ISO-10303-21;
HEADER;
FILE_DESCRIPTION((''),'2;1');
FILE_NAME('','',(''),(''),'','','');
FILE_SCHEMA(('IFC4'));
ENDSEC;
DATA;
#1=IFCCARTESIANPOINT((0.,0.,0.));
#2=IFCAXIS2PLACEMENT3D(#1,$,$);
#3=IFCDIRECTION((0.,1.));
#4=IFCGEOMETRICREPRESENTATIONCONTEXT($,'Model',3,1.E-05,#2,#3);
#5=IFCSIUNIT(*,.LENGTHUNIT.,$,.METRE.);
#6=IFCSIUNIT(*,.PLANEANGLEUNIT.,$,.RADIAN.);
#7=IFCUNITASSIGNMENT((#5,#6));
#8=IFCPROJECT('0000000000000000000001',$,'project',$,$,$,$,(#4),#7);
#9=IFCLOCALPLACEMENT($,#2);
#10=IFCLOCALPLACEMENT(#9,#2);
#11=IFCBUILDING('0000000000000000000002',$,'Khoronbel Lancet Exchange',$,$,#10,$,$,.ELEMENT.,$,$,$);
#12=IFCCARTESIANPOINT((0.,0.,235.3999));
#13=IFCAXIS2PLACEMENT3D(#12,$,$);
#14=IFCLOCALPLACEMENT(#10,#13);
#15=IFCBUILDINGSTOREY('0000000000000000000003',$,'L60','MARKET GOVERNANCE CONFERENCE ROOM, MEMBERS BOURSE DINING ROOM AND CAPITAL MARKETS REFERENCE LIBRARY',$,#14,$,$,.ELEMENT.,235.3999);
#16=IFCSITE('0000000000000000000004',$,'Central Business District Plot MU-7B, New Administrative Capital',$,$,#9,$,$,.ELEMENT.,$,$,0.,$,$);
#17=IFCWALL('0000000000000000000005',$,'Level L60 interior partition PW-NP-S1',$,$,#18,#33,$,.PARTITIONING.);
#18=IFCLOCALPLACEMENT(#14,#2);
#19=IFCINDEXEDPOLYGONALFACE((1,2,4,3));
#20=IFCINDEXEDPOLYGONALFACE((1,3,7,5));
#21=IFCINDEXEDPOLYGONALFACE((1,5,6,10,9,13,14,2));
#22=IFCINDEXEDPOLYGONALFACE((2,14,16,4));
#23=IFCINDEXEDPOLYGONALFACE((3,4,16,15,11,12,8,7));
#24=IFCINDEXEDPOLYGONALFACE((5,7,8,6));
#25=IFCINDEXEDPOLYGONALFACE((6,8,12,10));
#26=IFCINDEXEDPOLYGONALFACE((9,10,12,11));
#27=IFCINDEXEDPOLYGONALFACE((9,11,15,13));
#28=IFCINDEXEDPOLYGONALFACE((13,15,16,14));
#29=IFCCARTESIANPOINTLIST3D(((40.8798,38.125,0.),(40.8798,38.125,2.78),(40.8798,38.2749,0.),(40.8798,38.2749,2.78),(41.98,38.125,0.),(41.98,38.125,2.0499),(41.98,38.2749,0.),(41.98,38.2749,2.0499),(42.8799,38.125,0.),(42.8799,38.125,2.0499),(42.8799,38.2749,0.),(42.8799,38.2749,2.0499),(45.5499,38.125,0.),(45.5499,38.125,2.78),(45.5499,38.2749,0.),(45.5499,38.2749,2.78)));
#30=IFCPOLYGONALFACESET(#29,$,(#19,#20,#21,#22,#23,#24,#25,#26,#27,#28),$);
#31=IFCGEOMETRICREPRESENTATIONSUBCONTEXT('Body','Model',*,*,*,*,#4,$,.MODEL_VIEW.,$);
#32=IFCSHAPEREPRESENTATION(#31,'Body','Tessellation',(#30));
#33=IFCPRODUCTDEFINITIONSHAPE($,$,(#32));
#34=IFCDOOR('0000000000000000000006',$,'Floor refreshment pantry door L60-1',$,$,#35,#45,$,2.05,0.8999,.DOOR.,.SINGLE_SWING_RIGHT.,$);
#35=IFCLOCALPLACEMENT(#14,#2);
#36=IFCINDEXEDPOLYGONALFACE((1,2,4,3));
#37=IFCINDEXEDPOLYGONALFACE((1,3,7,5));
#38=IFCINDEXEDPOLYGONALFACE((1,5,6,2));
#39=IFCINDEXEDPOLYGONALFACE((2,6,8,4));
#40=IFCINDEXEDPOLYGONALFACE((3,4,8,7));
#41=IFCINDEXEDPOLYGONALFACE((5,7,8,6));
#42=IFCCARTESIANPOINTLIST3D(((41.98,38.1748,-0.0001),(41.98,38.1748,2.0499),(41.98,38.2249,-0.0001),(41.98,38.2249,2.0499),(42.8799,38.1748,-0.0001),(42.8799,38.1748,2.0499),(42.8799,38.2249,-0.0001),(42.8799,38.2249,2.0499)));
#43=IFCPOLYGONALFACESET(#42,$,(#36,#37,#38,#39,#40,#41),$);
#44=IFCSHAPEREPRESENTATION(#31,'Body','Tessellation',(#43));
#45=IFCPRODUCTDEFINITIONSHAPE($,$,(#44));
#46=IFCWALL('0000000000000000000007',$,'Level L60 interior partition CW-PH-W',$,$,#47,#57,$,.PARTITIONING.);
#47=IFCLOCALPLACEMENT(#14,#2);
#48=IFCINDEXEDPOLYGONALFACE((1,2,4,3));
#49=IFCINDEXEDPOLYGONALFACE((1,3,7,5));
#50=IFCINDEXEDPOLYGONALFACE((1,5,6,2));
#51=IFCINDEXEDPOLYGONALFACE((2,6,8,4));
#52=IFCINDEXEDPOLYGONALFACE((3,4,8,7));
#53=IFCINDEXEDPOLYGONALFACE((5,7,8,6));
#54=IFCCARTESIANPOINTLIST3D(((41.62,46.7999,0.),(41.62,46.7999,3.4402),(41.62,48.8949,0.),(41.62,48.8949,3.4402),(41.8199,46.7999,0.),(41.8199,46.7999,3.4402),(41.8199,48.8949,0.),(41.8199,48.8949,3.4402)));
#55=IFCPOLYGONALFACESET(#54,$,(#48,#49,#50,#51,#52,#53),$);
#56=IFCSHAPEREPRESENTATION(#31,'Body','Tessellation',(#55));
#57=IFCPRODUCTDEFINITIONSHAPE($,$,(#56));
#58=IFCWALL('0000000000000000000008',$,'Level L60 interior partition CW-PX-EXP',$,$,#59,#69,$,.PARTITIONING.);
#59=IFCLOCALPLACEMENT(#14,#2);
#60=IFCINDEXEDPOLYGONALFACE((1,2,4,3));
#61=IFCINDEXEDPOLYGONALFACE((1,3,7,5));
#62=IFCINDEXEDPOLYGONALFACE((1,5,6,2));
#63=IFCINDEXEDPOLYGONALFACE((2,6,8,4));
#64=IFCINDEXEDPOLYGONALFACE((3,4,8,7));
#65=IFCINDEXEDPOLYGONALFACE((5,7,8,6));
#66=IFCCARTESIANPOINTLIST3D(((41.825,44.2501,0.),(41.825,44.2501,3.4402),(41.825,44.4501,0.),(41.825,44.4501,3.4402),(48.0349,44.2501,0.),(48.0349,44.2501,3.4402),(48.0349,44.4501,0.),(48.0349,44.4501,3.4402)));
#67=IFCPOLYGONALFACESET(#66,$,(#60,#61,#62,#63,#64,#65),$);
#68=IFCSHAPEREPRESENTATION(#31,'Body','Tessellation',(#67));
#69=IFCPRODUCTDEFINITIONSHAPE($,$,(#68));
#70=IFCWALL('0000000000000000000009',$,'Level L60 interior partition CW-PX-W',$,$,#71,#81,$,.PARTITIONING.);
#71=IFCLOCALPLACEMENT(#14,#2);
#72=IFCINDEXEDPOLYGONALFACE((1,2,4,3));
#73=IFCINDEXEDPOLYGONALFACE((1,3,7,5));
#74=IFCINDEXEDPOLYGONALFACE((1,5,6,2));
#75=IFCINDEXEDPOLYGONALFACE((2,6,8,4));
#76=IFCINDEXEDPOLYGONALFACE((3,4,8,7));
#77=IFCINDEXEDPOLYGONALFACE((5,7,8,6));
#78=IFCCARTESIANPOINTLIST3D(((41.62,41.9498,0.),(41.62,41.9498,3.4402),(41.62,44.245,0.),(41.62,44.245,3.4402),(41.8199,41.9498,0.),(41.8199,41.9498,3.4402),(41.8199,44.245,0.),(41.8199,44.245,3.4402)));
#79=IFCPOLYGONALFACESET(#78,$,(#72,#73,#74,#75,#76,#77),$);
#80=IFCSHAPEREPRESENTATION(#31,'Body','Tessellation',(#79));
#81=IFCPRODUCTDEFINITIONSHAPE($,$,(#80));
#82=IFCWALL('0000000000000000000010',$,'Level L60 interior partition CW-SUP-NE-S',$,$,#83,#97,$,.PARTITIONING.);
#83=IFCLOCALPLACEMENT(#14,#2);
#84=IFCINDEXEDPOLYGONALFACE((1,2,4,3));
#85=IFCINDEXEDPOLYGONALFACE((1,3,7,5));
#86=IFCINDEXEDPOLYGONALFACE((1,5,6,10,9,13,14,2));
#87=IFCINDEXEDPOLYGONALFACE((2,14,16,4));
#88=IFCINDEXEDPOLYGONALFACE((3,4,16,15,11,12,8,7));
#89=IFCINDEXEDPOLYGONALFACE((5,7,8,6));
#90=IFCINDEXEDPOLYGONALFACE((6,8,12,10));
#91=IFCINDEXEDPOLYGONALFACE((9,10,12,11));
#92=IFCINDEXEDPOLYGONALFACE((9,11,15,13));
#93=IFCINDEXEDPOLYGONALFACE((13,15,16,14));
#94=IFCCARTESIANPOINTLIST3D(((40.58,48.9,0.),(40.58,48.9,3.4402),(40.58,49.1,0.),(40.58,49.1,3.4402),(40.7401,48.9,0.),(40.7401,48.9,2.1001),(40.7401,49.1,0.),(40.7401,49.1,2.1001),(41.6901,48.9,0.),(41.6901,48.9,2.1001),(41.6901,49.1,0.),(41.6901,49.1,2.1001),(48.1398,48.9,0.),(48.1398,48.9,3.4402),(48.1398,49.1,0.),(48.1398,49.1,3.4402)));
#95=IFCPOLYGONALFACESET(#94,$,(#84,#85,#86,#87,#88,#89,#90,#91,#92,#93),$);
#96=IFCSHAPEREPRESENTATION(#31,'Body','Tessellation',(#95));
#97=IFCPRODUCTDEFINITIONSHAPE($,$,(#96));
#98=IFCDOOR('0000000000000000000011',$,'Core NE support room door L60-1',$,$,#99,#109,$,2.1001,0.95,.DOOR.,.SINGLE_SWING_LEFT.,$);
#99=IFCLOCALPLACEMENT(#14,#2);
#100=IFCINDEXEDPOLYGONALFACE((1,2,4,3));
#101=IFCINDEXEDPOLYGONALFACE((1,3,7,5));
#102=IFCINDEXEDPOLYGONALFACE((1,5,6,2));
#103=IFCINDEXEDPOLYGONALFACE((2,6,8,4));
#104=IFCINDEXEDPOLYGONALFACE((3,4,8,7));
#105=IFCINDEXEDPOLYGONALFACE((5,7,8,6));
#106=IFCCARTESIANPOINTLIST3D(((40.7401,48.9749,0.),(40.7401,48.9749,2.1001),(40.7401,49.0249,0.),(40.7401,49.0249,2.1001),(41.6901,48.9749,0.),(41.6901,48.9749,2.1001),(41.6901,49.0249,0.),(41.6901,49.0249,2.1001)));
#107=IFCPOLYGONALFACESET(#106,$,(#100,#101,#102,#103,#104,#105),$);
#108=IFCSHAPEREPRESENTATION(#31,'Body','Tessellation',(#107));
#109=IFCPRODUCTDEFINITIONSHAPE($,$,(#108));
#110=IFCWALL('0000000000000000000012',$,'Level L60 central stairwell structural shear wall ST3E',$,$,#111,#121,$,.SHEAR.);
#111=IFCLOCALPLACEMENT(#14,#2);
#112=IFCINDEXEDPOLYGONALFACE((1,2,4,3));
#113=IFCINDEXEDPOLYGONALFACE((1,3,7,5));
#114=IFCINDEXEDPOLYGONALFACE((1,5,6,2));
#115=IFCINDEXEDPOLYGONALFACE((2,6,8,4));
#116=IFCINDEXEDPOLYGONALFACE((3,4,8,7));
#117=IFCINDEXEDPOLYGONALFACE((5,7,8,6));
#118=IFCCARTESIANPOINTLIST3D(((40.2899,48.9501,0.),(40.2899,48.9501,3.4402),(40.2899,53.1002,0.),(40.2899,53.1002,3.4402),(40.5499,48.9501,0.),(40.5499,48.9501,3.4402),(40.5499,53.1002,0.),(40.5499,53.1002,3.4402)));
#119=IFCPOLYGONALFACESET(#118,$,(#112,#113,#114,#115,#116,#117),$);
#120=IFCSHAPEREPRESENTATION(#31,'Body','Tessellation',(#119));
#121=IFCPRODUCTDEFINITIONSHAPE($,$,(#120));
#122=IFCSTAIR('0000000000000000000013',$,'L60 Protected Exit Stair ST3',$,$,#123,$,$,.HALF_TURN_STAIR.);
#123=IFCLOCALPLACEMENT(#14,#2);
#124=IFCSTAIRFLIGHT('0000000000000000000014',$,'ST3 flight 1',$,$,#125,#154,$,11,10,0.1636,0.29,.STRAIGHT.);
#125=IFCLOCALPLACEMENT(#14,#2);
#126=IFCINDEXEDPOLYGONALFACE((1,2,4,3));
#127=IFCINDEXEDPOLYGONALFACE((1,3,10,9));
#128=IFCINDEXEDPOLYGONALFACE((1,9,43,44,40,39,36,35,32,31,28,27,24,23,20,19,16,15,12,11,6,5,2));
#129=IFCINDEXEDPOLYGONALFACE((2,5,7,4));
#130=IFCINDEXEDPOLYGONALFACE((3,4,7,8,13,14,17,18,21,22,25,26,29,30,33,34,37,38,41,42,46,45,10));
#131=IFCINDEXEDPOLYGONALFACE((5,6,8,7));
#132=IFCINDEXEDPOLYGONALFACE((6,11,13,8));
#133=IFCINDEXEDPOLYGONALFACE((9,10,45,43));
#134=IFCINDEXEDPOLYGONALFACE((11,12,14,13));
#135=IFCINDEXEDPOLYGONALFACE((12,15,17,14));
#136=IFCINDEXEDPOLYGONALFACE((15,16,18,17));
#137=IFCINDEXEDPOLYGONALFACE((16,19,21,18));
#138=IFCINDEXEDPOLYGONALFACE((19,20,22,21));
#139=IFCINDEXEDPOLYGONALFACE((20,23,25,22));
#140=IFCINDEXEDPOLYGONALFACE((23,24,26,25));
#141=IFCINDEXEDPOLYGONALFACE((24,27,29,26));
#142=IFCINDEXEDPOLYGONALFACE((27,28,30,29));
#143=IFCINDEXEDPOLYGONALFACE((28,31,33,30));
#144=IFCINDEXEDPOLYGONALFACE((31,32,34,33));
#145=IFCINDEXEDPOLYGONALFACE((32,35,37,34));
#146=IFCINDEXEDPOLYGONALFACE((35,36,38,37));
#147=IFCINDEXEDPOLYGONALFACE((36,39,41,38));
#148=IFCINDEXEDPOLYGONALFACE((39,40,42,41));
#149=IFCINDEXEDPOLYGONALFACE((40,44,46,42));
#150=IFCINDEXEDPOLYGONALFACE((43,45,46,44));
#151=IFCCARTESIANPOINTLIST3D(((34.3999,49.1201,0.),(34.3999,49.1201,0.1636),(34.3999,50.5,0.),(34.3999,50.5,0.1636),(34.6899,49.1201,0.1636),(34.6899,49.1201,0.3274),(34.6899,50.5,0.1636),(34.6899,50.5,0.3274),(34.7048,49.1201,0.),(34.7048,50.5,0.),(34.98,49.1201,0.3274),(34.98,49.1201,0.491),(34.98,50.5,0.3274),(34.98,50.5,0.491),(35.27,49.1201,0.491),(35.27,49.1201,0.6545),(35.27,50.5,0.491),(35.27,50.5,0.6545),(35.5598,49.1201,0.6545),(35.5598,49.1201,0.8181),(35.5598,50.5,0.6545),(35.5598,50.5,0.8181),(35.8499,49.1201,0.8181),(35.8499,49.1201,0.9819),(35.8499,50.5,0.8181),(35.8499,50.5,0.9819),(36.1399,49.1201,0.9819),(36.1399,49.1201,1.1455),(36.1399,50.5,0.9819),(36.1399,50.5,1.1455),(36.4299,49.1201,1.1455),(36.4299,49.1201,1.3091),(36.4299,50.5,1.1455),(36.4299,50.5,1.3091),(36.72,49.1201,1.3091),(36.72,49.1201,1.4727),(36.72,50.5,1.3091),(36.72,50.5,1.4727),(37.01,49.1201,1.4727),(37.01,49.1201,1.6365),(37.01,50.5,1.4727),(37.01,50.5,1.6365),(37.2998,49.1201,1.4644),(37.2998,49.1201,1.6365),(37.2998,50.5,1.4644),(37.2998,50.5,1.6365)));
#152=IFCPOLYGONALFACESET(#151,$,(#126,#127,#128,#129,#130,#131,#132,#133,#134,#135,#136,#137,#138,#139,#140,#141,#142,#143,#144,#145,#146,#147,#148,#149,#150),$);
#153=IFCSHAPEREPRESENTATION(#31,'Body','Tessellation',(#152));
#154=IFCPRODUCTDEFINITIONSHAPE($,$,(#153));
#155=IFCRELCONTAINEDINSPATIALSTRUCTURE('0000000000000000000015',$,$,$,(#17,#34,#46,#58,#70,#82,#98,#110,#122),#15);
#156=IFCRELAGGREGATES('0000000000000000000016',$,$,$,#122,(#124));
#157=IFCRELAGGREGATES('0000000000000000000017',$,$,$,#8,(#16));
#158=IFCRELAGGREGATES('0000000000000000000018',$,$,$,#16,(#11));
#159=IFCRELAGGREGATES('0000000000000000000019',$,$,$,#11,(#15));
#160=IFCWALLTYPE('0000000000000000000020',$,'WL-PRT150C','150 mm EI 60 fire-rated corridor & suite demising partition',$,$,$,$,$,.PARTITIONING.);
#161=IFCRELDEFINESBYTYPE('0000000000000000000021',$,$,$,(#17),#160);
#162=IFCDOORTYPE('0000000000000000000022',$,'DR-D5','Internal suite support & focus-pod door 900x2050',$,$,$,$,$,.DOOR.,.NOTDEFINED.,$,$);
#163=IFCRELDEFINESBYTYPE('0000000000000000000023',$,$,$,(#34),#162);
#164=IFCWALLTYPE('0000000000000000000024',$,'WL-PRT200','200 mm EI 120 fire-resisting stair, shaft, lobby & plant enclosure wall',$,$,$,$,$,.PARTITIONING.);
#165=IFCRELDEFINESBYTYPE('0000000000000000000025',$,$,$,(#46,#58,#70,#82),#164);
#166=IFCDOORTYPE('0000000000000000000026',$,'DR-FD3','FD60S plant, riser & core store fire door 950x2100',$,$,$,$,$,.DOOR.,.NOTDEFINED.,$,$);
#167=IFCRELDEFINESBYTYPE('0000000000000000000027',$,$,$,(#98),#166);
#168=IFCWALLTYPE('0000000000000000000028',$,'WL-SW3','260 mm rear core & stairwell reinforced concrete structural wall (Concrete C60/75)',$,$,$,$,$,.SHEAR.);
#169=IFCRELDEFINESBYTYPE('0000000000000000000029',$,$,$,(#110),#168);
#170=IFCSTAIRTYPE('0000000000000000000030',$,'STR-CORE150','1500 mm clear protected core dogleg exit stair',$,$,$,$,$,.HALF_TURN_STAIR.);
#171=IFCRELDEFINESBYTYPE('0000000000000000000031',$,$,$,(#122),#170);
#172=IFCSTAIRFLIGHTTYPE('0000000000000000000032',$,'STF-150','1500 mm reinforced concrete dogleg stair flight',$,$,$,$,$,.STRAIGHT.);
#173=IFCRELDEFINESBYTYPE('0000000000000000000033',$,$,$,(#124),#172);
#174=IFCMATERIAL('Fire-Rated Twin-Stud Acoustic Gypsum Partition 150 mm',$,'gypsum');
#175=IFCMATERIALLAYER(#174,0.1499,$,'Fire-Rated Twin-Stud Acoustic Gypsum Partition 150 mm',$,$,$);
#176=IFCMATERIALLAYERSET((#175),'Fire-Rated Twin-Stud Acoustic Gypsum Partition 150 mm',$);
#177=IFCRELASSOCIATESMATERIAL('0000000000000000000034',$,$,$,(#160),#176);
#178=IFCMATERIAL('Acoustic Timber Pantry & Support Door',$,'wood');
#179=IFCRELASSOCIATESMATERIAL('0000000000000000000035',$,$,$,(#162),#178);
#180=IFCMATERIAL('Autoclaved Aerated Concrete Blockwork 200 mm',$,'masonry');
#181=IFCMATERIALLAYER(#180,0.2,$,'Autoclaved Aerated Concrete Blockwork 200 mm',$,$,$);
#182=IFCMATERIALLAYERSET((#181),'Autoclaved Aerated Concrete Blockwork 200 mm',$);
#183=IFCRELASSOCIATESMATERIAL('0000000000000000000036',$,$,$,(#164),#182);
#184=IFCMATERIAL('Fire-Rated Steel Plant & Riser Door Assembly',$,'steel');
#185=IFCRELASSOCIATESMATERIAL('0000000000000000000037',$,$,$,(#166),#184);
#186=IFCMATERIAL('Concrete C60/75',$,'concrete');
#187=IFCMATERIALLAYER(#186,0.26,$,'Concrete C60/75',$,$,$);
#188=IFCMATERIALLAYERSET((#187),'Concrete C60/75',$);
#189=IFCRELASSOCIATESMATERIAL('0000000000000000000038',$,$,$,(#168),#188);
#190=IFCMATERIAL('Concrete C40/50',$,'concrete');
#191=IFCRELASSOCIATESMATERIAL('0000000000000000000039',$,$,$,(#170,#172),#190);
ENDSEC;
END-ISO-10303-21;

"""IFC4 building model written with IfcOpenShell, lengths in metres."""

from ifc_helpers import new_model, si_unit, direction, frame, frame_2d, origin, place, context, subcontext, project, spatial, polyline, rectangle, outline, extrude, material, layer, layer_set, type_object, element, fill, aggregate, save


model = new_model("IFC4")

# Units and contexts
model_context = context("Model", 3, precision=1e-05, world=origin(), true_north=direction((0.0, 1.0)))
body_context = subcontext(model_context, "Body", "Model", "MODEL_VIEW")
ifc_project = project(units=[si_unit("LENGTHUNIT", "METRE"), si_unit("PLANEANGLEUNIT", "RADIAN")], contexts=[model_context])

# Site, building, storey
site_placement = place(None, origin())
site = spatial("IfcSite", under=ifc_project, at=site_placement, Name="Central Business District Plot MU-7B, New Administrative Capital", CompositionType="ELEMENT", RefElevation=0.0)
building_placement = place(site_placement, origin())
building = spatial("IfcBuilding", under=site, at=building_placement, Name="Khoronbel Lancet Exchange", CompositionType="ELEMENT")
storey_placement = place(building_placement, frame((0.0, 0.0, 235.3999)))
storey = spatial("IfcBuildingStorey", under=building, at=storey_placement, Name="L60", Description="MARKET GOVERNANCE CONFERENCE ROOM, MEMBERS BOURSE DINING ROOM AND CAPITAL MARKETS REFERENCE LIBRARY", CompositionType="ELEMENT", Elevation=235.3999)

# Shared definitions
ifc_material_1 = material(Name="Concrete C60/75", Category="concrete")

# Wall, opening, door
ifc_material_2 = material(Name="Fire-Rated Twin-Stud Acoustic Gypsum Partition 150 mm", Category="gypsum")
ifc_layer_1 = layer(ifc_material_2, 0.1499, Name="Fire-Rated Twin-Stud Acoustic Gypsum Partition 150 mm")
ifc_layer_set_1 = layer_set([ifc_layer_1], Name="Fire-Rated Twin-Stud Acoustic Gypsum Partition 150 mm")
wall_type_1 = type_object("IfcWallType", Name="WL-PRT150C", Description="150 mm EI 60 fire-rated corridor & suite demising partition", PredefinedType="PARTITIONING", material=ifc_layer_set_1)
wall_1_placement = place(storey_placement, frame((40.8799, 38.2, 0.0), z_axis=(0.0, 0.0, 1.0), x_axis=(1.0, 0.0, 0.0)))
wall_1 = element("IfcWall", 1, at=wall_1_placement, inside=storey, type_object=wall_type_1, Name="Level L60 interior partition PW-NP-S1", PredefinedType="PARTITIONING", context=body_context, shape_type="SweptSolid", body=[
    extrude(rectangle(XDim=4.6702, YDim=0.1499, at=frame_2d((2.335, 0.0))), origin(), (0.0, 0.0, 1.0), 2.78),
])
opening_1_placement = place(wall_1_placement, frame((1.1001, 0.0, 0.0)))
opening_1 = element("IfcOpeningElement", 2, at=opening_1_placement, cuts=wall_1, PredefinedType="OPENING", context=body_context, shape_type="SweptSolid", body=[
    extrude(rectangle(XDim=0.8999, YDim=2.05, at=frame_2d((0.45, 1.0249))), frame((0.0, 0.085, 0.0), z_axis=(0.0, -1.0, 0.0), x_axis=(1.0, 0.0, 0.0)), (0.0, 0.0, 1.0), 0.1699),
])
ifc_material_3 = material(Name="Acoustic Timber Pantry & Support Door", Category="wood")
door_type_1 = type_object("IfcDoorType", Name="DR-D5", Description="Internal suite support & focus-pod door 900x2050", OperationType="NOTDEFINED", PredefinedType="DOOR", material=ifc_material_3)
door_1_placement = place(opening_1_placement, origin())
door_1 = element("IfcDoor", 3, at=door_1_placement, inside=storey, type_object=door_type_1, Name="Floor refreshment pantry door L60-1", OperationType="SINGLE_SWING_RIGHT", OverallHeight=2.05, OverallWidth=0.8999, PredefinedType="DOOR", context=body_context, shape_type="SweptSolid", body=[
    extrude(rectangle(XDim=0.8999, YDim=2.05, at=frame_2d((0.45, 1.0249))), frame((0.0, 0.0249, 0.0), z_axis=(0.0, -1.0, 0.0), x_axis=(1.0, 0.0, 0.0)), (0.0, 0.0, 1.0), 0.05),
])
fill(opening_1, door_1)

# Walls
ifc_material_4 = material(Name="Autoclaved Aerated Concrete Blockwork 200 mm", Category="masonry")
ifc_layer_2 = layer(ifc_material_4, 0.2, Name="Autoclaved Aerated Concrete Blockwork 200 mm")
ifc_layer_set_2 = layer_set([ifc_layer_2], Name="Autoclaved Aerated Concrete Blockwork 200 mm")
wall_type_2 = type_object("IfcWallType", Name="WL-PRT200", Description="200 mm EI 120 fire-resisting stair, shaft, lobby & plant enclosure wall", PredefinedType="PARTITIONING", material=ifc_layer_set_2)
wall_2_placement = place(storey_placement, frame((41.72, 46.8, 0.0), z_axis=(0.0, 0.0, 1.0), x_axis=(0.0, 1.0, 0.0)))
element("IfcWall", 4, at=wall_2_placement, inside=storey, type_object=wall_type_2, Name="Level L60 interior partition CW-PH-W", PredefinedType="PARTITIONING", context=body_context, shape_type="SweptSolid", body=[
    extrude(rectangle(XDim=2.095, YDim=0.2, at=frame_2d((1.0474, 0.0))), origin(), (0.0, 0.0, 1.0), 3.4402),
])
wall_3_placement = place(storey_placement, frame((41.825, 44.3501, 0.0), z_axis=(0.0, 0.0, 1.0), x_axis=(1.0, 0.0, 0.0)))
element("IfcWall", 5, at=wall_3_placement, inside=storey, type_object=wall_type_2, Name="Level L60 interior partition CW-PX-EXP", PredefinedType="PARTITIONING", context=body_context, shape_type="SweptSolid", body=[
    extrude(rectangle(XDim=6.21, YDim=0.2, at=frame_2d((3.105, 0.0))), origin(), (0.0, 0.0, 1.0), 3.4402),
])
wall_4_placement = place(storey_placement, frame((41.72, 41.95, 0.0), z_axis=(0.0, 0.0, 1.0), x_axis=(0.0, 1.0, 0.0)))
element("IfcWall", 6, at=wall_4_placement, inside=storey, type_object=wall_type_2, Name="Level L60 interior partition CW-PX-W", PredefinedType="PARTITIONING", context=body_context, shape_type="SweptSolid", body=[
    extrude(rectangle(XDim=2.2952, YDim=0.2, at=frame_2d((1.1475, 0.0))), origin(), (0.0, 0.0, 1.0), 3.4402),
])

# Wall, opening, door
wall_5_placement = place(storey_placement, frame((40.5801, 49.0, 0.0), z_axis=(0.0, 0.0, 1.0), x_axis=(1.0, 0.0, 0.0)))
wall_5 = element("IfcWall", 7, at=wall_5_placement, inside=storey, type_object=wall_type_2, Name="Level L60 interior partition CW-SUP-NE-S", PredefinedType="PARTITIONING", context=body_context, shape_type="SweptSolid", body=[
    extrude(rectangle(XDim=7.5598, YDim=0.2, at=frame_2d((3.7798, 0.0))), origin(), (0.0, 0.0, 1.0), 3.4402),
])
opening_2_placement = place(wall_5_placement, frame((0.1599, 0.0, 0.0)))
opening_2 = element("IfcOpeningElement", 8, at=opening_2_placement, cuts=wall_5, PredefinedType="OPENING", context=body_context, shape_type="SweptSolid", body=[
    extrude(rectangle(XDim=0.95, YDim=2.1001, at=frame_2d((0.4751, 1.05))), frame((0.0, 0.1099, 0.0), z_axis=(0.0, -1.0, 0.0), x_axis=(1.0, 0.0, 0.0)), (0.0, 0.0, 1.0), 0.22),
])
ifc_material_5 = material(Name="Fire-Rated Steel Plant & Riser Door Assembly", Category="steel")
door_type_2 = type_object("IfcDoorType", Name="DR-FD3", Description="FD60S plant, riser & core store fire door 950x2100", OperationType="NOTDEFINED", PredefinedType="DOOR", material=ifc_material_5)
door_2_placement = place(opening_2_placement, origin())
door_2 = element("IfcDoor", 9, at=door_2_placement, inside=storey, type_object=door_type_2, Name="Core NE support room door L60-1", OperationType="SINGLE_SWING_LEFT", OverallHeight=2.1001, OverallWidth=0.95, PredefinedType="DOOR", context=body_context, shape_type="SweptSolid", body=[
    extrude(rectangle(XDim=0.95, YDim=2.1001, at=frame_2d((0.4751, 1.05))), frame((0.0, 0.0249, 0.0), z_axis=(0.0, -1.0, 0.0), x_axis=(1.0, 0.0, 0.0)), (0.0, 0.0, 1.0), 0.05),
])
fill(opening_2, door_2)

# Wall
ifc_layer_3 = layer(ifc_material_1, 0.26, Name="Concrete C60/75")
ifc_layer_set_3 = layer_set([ifc_layer_3], Name="Concrete C60/75")
wall_type_3 = type_object("IfcWallType", Name="WL-SW3", Description="260 mm rear core & stairwell reinforced concrete structural wall (Concrete C60/75)", PredefinedType="SHEAR", material=ifc_layer_set_3)
wall_6_placement = place(storey_placement, frame((40.4199, 48.95, 0.0), z_axis=(0.0, 0.0, 1.0), x_axis=(0.0, 1.0, 0.0)))
element("IfcWall", 10, at=wall_6_placement, inside=storey, type_object=wall_type_3, Name="Level L60 central stairwell structural shear wall ST3E", PredefinedType="SHEAR", context=body_context, shape_type="SweptSolid", body=[
    extrude(rectangle(XDim=4.1501, YDim=0.26, at=frame_2d((2.0752, 0.0))), origin(), (0.0, 0.0, 1.0), 3.4402),
])

# Stair, stair flight
ifc_material_6 = material(Name="Concrete C40/50", Category="concrete")
stair_type = type_object("IfcStairType", Name="STR-CORE150", Description="1500 mm clear protected core dogleg exit stair", PredefinedType="HALF_TURN_STAIR", material=ifc_material_6)
stair_placement = place(storey_placement, origin())
stair = element("IfcStair", 11, at=stair_placement, inside=storey, type_object=stair_type, Name="L60 Protected Exit Stair ST3", PredefinedType="HALF_TURN_STAIR")
stair_flight_type = type_object("IfcStairFlightType", Name="STF-150", Description="1500 mm reinforced concrete dogleg stair flight", PredefinedType="STRAIGHT", material=ifc_material_6)
stair_flight_1_placement = place(storey_placement, frame((34.3999, 49.8101, 0.0), z_axis=(0.0, 0.0, 1.0), x_axis=(1.0, 0.0, 0.0)))
stair_flight_1 = element("IfcStairFlight", 12, at=stair_flight_1_placement, type_object=stair_flight_type, Name="ST3 flight 1", NumberOfRisers=11, NumberOfTreads=10, PredefinedType="STRAIGHT", RiserHeight=0.1636, TreadLength=0.29, context=body_context, shape_type="SweptSolid", body=[
    extrude(outline(polyline([(0.0, 0.0), (0.0, 0.1636), (0.29, 0.1636), (0.29, 0.3274), (0.5801, 0.3274), (0.5801, 0.491), (0.8701, 0.491), (0.8701, 0.6545), (1.1599, 0.6545), (1.1599, 0.8181), (1.45, 0.8181), (1.45, 0.9819), (1.74, 0.9819), (1.74, 1.1455), (2.03, 1.1455), (2.03, 1.3091), (2.3201, 1.3091), (2.3201, 1.4727), (2.6101, 1.4727), (2.6101, 1.6365), (2.8999, 1.6365), (2.8999, 1.8), (2.8999, 1.4644), (0.3049, 0.0), (0.0, 0.0)])), frame((0.0, 0.6899, 0.0), z_axis=(0.0, -1.0, 0.0), x_axis=(1.0, 0.0, 0.0)), (0.0, 0.0, 1.0), 1.3799),
])
aggregate(stair, [stair_flight_1])

save(model, "model.ifc")
